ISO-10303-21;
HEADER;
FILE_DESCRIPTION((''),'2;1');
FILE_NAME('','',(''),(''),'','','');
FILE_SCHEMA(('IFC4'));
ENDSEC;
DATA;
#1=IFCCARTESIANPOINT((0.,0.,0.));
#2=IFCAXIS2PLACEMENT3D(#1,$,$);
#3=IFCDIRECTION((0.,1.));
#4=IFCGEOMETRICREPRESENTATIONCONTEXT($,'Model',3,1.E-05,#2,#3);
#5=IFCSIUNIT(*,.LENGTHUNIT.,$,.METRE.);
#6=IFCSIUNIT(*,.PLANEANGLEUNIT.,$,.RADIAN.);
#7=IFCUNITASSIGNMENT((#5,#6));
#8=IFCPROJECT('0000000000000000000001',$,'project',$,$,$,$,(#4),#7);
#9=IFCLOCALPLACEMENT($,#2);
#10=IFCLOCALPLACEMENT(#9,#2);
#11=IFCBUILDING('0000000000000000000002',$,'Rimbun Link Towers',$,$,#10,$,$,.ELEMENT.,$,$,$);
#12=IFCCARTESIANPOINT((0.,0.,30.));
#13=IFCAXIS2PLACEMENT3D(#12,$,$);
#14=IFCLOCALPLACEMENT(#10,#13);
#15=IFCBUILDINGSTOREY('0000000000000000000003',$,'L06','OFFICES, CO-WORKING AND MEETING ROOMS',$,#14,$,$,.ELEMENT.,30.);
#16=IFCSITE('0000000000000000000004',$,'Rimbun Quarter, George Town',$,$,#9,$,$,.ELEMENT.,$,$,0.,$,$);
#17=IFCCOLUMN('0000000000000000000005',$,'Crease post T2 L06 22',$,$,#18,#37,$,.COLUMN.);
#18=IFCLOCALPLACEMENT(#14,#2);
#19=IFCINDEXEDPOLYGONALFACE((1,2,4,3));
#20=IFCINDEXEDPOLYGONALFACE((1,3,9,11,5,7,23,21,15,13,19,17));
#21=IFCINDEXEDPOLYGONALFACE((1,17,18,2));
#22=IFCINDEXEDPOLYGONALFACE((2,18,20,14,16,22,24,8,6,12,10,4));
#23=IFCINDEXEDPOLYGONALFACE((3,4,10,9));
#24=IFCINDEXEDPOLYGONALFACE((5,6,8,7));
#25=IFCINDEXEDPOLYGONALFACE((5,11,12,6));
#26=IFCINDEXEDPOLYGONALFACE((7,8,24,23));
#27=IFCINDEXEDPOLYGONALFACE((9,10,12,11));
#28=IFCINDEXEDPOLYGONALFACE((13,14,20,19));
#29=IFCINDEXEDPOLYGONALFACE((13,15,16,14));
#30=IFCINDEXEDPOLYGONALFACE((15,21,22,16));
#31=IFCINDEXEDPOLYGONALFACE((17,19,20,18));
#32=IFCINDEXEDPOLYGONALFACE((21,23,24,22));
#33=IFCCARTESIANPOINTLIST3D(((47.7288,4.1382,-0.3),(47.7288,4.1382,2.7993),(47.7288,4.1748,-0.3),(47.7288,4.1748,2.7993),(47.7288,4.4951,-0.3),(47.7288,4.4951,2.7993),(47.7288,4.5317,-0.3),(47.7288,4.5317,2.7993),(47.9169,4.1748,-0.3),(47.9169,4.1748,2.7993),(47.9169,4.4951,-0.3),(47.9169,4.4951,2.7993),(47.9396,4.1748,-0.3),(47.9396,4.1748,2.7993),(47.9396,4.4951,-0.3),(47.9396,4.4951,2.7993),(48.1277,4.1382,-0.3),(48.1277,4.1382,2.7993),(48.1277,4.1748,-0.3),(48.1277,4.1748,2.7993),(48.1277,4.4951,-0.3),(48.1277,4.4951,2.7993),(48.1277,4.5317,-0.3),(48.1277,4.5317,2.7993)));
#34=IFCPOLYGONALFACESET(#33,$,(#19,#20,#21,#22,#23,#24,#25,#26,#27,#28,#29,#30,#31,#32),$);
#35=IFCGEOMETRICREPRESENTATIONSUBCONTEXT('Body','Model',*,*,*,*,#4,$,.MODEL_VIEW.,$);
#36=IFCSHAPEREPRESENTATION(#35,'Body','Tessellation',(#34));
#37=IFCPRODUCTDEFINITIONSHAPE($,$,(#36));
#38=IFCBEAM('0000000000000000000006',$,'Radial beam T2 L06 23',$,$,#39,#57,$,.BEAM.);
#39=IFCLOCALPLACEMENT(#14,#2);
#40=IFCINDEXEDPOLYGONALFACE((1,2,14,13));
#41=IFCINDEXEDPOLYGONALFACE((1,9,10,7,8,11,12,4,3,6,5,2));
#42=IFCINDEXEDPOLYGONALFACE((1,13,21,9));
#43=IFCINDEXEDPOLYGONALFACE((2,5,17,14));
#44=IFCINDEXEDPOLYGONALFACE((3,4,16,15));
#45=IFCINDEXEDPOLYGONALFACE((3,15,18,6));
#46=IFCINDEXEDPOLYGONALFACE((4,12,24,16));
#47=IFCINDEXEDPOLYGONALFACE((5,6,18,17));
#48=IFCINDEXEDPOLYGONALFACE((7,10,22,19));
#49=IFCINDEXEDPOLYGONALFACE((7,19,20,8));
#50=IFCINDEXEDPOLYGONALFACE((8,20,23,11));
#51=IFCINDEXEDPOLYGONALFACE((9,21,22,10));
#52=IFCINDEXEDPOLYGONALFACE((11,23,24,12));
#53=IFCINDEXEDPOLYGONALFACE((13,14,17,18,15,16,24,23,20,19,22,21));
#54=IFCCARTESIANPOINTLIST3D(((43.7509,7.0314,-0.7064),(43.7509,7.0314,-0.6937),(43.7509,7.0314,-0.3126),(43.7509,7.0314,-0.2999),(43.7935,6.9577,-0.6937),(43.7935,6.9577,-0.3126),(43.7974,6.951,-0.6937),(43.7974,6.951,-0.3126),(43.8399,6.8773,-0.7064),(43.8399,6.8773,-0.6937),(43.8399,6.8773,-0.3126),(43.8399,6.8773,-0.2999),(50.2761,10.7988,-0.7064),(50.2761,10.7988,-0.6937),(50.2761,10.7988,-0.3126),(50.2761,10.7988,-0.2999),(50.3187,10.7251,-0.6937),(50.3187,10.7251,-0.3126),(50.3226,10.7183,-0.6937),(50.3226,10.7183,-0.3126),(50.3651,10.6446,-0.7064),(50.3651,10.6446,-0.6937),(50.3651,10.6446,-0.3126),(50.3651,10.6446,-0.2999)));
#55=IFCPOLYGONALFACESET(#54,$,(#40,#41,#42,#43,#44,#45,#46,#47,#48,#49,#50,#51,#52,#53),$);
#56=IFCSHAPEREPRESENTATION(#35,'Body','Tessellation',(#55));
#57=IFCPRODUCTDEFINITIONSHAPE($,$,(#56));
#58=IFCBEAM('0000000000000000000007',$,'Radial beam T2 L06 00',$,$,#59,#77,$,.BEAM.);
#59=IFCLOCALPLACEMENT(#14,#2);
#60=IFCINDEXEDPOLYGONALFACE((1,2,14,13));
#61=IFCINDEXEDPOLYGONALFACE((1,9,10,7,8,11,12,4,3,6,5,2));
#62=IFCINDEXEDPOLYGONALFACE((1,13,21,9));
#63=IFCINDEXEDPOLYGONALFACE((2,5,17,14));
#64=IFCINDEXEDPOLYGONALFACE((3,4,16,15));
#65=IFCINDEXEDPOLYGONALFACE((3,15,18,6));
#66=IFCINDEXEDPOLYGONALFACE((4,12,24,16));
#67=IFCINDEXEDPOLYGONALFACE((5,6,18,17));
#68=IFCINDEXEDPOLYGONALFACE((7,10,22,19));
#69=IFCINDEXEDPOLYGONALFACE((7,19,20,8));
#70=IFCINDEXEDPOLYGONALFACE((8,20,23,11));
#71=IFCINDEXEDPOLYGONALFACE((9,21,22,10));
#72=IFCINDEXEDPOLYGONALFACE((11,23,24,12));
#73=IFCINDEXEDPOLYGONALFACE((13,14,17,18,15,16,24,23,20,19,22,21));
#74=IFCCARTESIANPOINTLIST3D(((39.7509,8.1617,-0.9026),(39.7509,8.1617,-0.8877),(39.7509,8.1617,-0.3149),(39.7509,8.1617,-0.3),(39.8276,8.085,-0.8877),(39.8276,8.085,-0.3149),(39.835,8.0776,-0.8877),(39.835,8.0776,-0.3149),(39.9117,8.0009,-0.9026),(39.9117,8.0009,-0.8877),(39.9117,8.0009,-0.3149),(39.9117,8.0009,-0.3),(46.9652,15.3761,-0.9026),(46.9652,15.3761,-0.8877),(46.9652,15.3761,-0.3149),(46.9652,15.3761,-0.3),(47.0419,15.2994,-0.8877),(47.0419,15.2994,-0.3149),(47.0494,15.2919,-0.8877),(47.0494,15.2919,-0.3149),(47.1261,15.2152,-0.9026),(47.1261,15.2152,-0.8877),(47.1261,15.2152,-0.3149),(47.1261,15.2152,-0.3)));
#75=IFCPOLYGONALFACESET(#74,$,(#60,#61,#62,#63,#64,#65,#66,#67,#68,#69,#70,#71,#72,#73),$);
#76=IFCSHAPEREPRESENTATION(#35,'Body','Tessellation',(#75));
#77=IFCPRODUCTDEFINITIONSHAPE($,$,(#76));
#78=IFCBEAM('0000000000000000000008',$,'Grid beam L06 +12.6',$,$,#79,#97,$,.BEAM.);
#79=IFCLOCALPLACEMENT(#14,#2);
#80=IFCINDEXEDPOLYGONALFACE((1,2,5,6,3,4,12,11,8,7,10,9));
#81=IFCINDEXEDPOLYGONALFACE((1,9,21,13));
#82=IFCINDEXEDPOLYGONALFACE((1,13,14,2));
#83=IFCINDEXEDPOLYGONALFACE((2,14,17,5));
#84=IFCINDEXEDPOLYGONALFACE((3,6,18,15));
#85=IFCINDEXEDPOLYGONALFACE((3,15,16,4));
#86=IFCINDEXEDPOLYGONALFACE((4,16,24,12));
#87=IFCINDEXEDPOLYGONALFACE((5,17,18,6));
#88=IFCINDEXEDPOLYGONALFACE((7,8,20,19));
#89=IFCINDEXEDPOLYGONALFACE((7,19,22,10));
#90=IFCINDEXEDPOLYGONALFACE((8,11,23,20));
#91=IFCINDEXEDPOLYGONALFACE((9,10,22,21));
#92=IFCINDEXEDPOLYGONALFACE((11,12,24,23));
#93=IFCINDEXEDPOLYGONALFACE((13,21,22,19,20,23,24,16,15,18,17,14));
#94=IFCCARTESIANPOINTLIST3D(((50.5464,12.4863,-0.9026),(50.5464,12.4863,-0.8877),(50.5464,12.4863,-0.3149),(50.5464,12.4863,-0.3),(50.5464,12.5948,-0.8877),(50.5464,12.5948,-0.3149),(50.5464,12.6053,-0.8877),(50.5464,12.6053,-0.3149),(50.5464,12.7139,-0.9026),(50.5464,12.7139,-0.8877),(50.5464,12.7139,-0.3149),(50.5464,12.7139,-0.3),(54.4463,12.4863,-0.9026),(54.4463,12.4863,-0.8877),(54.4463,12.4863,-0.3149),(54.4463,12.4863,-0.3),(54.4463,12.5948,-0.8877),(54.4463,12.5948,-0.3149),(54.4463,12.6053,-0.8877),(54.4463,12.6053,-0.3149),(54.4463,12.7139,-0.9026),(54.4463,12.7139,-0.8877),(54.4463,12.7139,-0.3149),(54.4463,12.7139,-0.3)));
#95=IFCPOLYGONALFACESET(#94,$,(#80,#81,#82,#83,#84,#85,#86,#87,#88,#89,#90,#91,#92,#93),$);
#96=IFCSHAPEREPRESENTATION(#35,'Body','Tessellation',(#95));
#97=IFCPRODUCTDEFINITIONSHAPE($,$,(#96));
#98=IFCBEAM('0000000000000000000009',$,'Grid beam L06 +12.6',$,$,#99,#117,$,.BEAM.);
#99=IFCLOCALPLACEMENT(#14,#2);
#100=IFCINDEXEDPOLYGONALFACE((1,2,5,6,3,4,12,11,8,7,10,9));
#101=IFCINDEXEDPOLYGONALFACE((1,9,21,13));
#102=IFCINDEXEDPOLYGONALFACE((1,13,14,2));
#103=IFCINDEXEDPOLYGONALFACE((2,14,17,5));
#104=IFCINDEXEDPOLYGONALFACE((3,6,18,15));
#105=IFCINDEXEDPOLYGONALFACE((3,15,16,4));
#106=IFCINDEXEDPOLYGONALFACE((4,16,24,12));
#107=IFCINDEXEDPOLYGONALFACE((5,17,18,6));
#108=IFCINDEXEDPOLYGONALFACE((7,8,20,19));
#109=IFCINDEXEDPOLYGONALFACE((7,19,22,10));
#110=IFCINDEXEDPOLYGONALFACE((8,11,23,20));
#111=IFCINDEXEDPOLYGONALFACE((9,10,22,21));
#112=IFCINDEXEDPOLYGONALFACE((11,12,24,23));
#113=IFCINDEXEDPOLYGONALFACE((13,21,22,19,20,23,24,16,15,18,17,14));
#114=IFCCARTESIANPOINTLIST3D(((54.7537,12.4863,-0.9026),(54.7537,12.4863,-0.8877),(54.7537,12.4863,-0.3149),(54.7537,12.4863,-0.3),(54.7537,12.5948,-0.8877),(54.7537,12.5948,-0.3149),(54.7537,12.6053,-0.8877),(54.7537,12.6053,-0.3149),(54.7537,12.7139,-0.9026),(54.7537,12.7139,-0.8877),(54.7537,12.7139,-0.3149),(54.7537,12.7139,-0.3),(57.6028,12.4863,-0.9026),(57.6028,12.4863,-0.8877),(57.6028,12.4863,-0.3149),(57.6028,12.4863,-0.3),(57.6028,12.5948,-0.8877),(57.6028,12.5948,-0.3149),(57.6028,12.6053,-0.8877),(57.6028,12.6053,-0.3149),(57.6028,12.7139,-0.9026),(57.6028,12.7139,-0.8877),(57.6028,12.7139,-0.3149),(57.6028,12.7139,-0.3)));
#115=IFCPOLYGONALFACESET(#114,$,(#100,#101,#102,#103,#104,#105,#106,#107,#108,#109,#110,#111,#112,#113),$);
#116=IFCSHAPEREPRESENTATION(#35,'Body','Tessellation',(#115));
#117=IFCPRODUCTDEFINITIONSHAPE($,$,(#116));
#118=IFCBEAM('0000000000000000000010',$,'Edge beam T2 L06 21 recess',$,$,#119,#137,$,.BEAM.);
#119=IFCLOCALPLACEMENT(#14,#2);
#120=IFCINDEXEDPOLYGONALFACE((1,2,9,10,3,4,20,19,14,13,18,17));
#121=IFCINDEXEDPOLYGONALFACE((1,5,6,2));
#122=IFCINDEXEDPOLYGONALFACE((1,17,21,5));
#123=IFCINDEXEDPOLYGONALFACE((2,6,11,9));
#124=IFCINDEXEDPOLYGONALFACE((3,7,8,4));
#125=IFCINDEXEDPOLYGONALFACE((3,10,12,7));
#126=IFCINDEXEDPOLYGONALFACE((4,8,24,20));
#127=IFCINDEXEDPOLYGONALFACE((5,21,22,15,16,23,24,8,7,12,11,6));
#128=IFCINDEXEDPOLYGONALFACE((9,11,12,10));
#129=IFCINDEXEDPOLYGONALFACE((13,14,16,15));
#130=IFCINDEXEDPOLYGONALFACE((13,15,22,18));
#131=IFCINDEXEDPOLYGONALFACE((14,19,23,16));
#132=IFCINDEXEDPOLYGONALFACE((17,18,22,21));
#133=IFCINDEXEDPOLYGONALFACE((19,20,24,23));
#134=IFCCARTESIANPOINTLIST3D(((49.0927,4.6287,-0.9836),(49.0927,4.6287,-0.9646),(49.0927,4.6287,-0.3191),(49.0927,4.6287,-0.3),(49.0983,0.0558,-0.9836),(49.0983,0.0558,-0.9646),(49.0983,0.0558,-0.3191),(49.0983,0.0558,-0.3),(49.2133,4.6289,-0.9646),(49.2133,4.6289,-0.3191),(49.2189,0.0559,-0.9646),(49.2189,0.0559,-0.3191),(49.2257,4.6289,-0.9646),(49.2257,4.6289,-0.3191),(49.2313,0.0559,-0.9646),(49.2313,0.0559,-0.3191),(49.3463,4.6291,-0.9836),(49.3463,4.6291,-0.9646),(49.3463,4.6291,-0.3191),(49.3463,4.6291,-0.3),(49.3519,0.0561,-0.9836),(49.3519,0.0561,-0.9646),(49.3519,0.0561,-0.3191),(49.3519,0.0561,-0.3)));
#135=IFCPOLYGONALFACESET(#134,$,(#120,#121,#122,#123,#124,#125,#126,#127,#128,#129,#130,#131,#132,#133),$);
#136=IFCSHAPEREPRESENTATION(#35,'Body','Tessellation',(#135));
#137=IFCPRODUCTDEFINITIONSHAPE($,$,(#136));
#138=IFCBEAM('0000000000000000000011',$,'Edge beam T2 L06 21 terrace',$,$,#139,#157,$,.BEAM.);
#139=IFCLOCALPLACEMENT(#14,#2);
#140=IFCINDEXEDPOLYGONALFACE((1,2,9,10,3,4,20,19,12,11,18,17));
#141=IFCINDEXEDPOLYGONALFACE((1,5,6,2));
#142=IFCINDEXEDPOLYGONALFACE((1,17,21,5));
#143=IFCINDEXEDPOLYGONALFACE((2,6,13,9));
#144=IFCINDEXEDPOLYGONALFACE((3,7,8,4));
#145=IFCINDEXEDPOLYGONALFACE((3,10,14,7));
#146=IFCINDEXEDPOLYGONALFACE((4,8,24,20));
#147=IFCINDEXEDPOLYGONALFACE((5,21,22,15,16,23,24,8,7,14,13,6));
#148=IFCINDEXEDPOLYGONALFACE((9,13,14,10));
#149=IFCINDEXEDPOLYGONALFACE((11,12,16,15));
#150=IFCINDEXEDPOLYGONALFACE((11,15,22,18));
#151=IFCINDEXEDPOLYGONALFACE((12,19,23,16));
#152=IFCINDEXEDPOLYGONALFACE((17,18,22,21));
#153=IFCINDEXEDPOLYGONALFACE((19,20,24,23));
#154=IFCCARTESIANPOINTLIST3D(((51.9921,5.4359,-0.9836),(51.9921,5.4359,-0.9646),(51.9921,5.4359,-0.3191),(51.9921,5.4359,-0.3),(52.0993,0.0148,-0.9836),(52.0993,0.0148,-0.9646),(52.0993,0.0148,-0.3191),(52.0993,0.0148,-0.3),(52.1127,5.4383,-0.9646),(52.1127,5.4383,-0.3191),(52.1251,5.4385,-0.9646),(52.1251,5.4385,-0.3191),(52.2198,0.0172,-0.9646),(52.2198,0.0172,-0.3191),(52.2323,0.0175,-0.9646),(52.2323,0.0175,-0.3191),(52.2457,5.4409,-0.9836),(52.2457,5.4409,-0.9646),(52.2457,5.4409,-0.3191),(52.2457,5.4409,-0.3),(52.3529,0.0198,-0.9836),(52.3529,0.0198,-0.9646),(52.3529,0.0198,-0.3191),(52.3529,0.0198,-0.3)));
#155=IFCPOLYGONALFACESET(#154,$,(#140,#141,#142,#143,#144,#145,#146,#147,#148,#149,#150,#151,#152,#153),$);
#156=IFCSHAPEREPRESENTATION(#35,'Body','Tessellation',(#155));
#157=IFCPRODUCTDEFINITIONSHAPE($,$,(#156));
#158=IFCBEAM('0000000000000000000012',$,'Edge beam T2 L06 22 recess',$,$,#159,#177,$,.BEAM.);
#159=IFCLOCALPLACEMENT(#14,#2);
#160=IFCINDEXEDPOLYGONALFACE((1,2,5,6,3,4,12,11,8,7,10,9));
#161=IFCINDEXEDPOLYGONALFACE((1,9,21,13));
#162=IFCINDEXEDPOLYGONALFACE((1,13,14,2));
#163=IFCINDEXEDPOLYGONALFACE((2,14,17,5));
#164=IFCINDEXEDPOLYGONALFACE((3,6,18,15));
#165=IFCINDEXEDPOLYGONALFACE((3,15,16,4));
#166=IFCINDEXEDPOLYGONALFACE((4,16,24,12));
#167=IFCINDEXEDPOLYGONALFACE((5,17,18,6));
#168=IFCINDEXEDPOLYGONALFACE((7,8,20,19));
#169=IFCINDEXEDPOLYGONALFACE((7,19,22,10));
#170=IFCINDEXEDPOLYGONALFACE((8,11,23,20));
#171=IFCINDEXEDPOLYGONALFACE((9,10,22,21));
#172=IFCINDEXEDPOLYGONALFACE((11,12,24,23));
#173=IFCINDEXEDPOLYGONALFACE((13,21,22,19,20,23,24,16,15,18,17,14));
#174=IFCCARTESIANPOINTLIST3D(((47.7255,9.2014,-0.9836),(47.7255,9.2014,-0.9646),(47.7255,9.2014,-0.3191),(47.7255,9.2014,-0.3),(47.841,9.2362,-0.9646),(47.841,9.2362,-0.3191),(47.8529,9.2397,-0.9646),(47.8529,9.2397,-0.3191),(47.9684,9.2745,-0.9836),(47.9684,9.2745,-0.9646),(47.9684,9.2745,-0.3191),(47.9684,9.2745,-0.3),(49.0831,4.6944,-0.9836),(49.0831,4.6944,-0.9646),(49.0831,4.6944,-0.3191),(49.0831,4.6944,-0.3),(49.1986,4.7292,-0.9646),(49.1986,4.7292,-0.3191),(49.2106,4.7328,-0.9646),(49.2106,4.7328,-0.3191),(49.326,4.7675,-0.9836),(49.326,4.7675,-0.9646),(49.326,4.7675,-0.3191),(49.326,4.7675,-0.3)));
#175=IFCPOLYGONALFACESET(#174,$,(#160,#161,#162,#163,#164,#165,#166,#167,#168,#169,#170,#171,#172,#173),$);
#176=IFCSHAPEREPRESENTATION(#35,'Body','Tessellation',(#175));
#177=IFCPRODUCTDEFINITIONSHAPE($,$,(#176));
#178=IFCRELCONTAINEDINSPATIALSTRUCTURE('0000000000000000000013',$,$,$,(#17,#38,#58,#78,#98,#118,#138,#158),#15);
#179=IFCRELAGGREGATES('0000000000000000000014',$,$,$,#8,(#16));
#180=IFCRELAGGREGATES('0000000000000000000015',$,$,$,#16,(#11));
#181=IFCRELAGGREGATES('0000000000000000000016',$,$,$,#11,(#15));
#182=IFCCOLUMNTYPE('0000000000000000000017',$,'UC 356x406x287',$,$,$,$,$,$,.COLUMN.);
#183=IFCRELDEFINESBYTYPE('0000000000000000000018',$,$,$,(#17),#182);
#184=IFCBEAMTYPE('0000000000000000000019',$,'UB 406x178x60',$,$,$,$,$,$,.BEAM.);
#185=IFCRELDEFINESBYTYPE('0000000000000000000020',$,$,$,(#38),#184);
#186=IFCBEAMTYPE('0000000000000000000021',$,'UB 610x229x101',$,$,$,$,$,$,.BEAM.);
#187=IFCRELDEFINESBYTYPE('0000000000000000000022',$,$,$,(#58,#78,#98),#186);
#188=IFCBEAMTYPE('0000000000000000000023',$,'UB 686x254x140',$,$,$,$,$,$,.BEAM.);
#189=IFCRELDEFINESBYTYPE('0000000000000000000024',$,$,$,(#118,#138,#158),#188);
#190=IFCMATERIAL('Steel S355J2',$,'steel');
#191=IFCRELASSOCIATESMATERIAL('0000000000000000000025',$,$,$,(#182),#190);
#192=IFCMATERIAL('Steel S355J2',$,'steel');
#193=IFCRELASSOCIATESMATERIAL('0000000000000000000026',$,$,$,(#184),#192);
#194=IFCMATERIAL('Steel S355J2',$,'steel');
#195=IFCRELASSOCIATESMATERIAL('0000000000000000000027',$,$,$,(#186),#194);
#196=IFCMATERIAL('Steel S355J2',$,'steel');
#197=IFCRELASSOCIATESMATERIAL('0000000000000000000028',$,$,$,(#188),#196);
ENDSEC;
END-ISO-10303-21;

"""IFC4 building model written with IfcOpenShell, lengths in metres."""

from ifc_helpers import new_model, si_unit, direction, frame, origin, origin_2d, place, context, subcontext, project, spatial, i_section, extrude, material, material_profile, profile_set, type_object, element, save


model = new_model("IFC4")

# Units and contexts
model_context = context("Model", 3, precision=1e-05, world=origin(), true_north=direction((0.0, 1.0)))
body_context = subcontext(model_context, "Body", "Model", "MODEL_VIEW")
ifc_project = project(units=[si_unit("LENGTHUNIT", "METRE"), si_unit("PLANEANGLEUNIT", "RADIAN")], contexts=[model_context])

# Site, building, storey
site_placement = place(None, origin())
site = spatial("IfcSite", under=ifc_project, at=site_placement, Name="Rimbun Quarter, George Town", CompositionType="ELEMENT", RefElevation=0.0)
building_placement = place(site_placement, origin())
building = spatial("IfcBuilding", under=site, at=building_placement, Name="Rimbun Link Towers", CompositionType="ELEMENT")
storey_placement = place(building_placement, frame((0.0, 0.0, 30.0)))
storey = spatial("IfcBuildingStorey", under=building, at=storey_placement, Name="L06", Description="OFFICES, CO-WORKING AND MEETING ROOMS", CompositionType="ELEMENT", Elevation=30.0)

# Column
ifc_material_1 = material(Name="Steel S355J2", Category="steel")
ifc_material_profile_1 = material_profile(ifc_material_1, i_section(OverallWidth=0.3989, OverallDepth=0.3936, WebThickness=0.0227, FlangeThickness=0.0366, at=origin_2d()), Name="UC 356x406x287")
ifc_profile_set_1 = profile_set([ifc_material_profile_1], Name="Steel S355J2")
column_type = type_object("IfcColumnType", Name="UC 356x406x287", PredefinedType="COLUMN", material=ifc_profile_set_1)
column_placement = place(storey_placement, frame((47.9282, 4.335, -0.3), z_axis=(0.0, 0.0, 1.0), x_axis=(1.0, 0.0, 0.0)))
element("IfcColumn", 1, at=column_placement, inside=storey, type_object=column_type, Name="Crease post T2 L06 22", PredefinedType="COLUMN", context=body_context, shape_type="SweptSolid", body=[
    extrude(i_section(OverallWidth=0.3989, OverallDepth=0.3936, WebThickness=0.0227, FlangeThickness=0.0366, at=origin_2d()), origin(), (0.0, 0.0, 1.0), 3.0994),
])

# Beams
ifc_material_2 = material(Name="Steel S355J2", Category="steel")
ifc_material_profile_2 = material_profile(ifc_material_2, i_section(OverallWidth=0.178, OverallDepth=0.4065, WebThickness=0.0078, FlangeThickness=0.0127, at=origin_2d()), Name="UB 406x178x60")
ifc_profile_set_2 = profile_set([ifc_material_profile_2], Name="Steel S355J2")
beam_type_1 = type_object("IfcBeamType", Name="UB 406x178x60", PredefinedType="BEAM", material=ifc_profile_set_2)
beam_1_placement = place(storey_placement, frame((43.7954, 6.9543, -0.5032), z_axis=(0.866023, 0.500004, 0.0), x_axis=(-0.500004, 0.866023, 0.0)))
element("IfcBeam", 2, at=beam_1_placement, inside=storey, type_object=beam_type_1, Name="Radial beam T2 L06 23", PredefinedType="BEAM", context=body_context, shape_type="SweptSolid", body=[
    extrude(i_section(OverallWidth=0.178, OverallDepth=0.4065, WebThickness=0.0078, FlangeThickness=0.0127, at=origin_2d()), origin(), (0.0, 0.0, 1.0), 7.5347),
])
ifc_material_3 = material(Name="Steel S355J2", Category="steel")
ifc_material_profile_3 = material_profile(ifc_material_3, i_section(OverallWidth=0.2275, OverallDepth=0.6025, WebThickness=0.0105, FlangeThickness=0.0149, at=origin_2d()), Name="UB 610x229x101")
ifc_profile_set_3 = profile_set([ifc_material_profile_3], Name="Steel S355J2")
beam_type_2 = type_object("IfcBeamType", Name="UB 610x229x101", PredefinedType="BEAM", material=ifc_profile_set_3)
beam_2_placement = place(storey_placement, frame((39.8313, 8.0813, -0.6013), z_axis=(0.707107, 0.707107, 0.0), x_axis=(-0.707107, 0.707107, 0.0)))
element("IfcBeam", 3, at=beam_2_placement, inside=storey, type_object=beam_type_2, Name="Radial beam T2 L06 00", PredefinedType="BEAM", context=body_context, shape_type="SweptSolid", body=[
    extrude(i_section(OverallWidth=0.2275, OverallDepth=0.6025, WebThickness=0.0105, FlangeThickness=0.0149, at=origin_2d()), origin(), (0.0, 0.0, 1.0), 10.2026),
])
beam_3_placement = place(storey_placement, frame((50.5464, 12.6001, -0.6013), z_axis=(1.0, 0.0, 0.0), x_axis=(0.0, 1.0, 0.0)))
element("IfcBeam", 4, at=beam_3_placement, inside=storey, type_object=beam_type_2, Name="Grid beam L06 +12.6", PredefinedType="BEAM", context=body_context, shape_type="SweptSolid", body=[
    extrude(i_section(OverallWidth=0.2275, OverallDepth=0.6025, WebThickness=0.0105, FlangeThickness=0.0149, at=origin_2d()), origin(), (0.0, 0.0, 1.0), 3.8999),
])
beam_4_placement = place(storey_placement, frame((54.7537, 12.6001, -0.6013), z_axis=(1.0, 0.0, 0.0), x_axis=(0.0, 1.0, 0.0)))
element("IfcBeam", 5, at=beam_4_placement, inside=storey, type_object=beam_type_2, Name="Grid beam L06 +12.6", PredefinedType="BEAM", context=body_context, shape_type="SweptSolid", body=[
    extrude(i_section(OverallWidth=0.2275, OverallDepth=0.6025, WebThickness=0.0105, FlangeThickness=0.0149, at=origin_2d()), origin(), (0.0, 0.0, 1.0), 2.8491),
])
ifc_material_4 = material(Name="Steel S355J2", Category="steel")
ifc_material_profile_4 = material_profile(ifc_material_4, i_section(OverallWidth=0.2537, OverallDepth=0.6836, WebThickness=0.0125, FlangeThickness=0.019, at=origin_2d()), Name="UB 686x254x140")
ifc_profile_set_4 = profile_set([ifc_material_profile_4], Name="Steel S355J2")
beam_type_3 = type_object("IfcBeamType", Name="UB 686x254x140", PredefinedType="BEAM", material=ifc_profile_set_4)
beam_5_placement = place(storey_placement, frame((49.2251, 0.0559, -0.6418), z_axis=(-0.001228, 0.999999, 0.0), x_axis=(-0.999999, -0.001228, 0.0)))
element("IfcBeam", 6, at=beam_5_placement, inside=storey, type_object=beam_type_3, Name="Edge beam T2 L06 21 recess", PredefinedType="BEAM", context=body_context, shape_type="SweptSolid", body=[
    extrude(i_section(OverallWidth=0.2537, OverallDepth=0.6836, WebThickness=0.0125, FlangeThickness=0.019, at=origin_2d()), origin(), (0.0, 0.0, 1.0), 4.573),
])
beam_6_placement = place(storey_placement, frame((52.2261, 0.0173, -0.6418), z_axis=(-0.019766, 0.999805, 0.0), x_axis=(-0.999805, -0.019766, 0.0)))
element("IfcBeam", 7, at=beam_6_placement, inside=storey, type_object=beam_type_3, Name="Edge beam T2 L06 21 terrace", PredefinedType="BEAM", context=body_context, shape_type="SweptSolid", body=[
    extrude(i_section(OverallWidth=0.2537, OverallDepth=0.6836, WebThickness=0.0125, FlangeThickness=0.019, at=origin_2d()), origin(), (0.0, 0.0, 1.0), 5.4221),
])
beam_7_placement = place(storey_placement, frame((49.2046, 4.731, -0.6418), z_axis=(-0.288428, 0.957502, 0.0), x_axis=(-0.957502, -0.288428, 0.0)))
element("IfcBeam", 8, at=beam_7_placement, inside=storey, type_object=beam_type_3, Name="Edge beam T2 L06 22 recess", PredefinedType="BEAM", context=body_context, shape_type="SweptSolid", body=[
    extrude(i_section(OverallWidth=0.2537, OverallDepth=0.6836, WebThickness=0.0125, FlangeThickness=0.019, at=origin_2d()), origin(), (0.0, 0.0, 1.0), 4.707),
])

save(model, "model.ifc")
